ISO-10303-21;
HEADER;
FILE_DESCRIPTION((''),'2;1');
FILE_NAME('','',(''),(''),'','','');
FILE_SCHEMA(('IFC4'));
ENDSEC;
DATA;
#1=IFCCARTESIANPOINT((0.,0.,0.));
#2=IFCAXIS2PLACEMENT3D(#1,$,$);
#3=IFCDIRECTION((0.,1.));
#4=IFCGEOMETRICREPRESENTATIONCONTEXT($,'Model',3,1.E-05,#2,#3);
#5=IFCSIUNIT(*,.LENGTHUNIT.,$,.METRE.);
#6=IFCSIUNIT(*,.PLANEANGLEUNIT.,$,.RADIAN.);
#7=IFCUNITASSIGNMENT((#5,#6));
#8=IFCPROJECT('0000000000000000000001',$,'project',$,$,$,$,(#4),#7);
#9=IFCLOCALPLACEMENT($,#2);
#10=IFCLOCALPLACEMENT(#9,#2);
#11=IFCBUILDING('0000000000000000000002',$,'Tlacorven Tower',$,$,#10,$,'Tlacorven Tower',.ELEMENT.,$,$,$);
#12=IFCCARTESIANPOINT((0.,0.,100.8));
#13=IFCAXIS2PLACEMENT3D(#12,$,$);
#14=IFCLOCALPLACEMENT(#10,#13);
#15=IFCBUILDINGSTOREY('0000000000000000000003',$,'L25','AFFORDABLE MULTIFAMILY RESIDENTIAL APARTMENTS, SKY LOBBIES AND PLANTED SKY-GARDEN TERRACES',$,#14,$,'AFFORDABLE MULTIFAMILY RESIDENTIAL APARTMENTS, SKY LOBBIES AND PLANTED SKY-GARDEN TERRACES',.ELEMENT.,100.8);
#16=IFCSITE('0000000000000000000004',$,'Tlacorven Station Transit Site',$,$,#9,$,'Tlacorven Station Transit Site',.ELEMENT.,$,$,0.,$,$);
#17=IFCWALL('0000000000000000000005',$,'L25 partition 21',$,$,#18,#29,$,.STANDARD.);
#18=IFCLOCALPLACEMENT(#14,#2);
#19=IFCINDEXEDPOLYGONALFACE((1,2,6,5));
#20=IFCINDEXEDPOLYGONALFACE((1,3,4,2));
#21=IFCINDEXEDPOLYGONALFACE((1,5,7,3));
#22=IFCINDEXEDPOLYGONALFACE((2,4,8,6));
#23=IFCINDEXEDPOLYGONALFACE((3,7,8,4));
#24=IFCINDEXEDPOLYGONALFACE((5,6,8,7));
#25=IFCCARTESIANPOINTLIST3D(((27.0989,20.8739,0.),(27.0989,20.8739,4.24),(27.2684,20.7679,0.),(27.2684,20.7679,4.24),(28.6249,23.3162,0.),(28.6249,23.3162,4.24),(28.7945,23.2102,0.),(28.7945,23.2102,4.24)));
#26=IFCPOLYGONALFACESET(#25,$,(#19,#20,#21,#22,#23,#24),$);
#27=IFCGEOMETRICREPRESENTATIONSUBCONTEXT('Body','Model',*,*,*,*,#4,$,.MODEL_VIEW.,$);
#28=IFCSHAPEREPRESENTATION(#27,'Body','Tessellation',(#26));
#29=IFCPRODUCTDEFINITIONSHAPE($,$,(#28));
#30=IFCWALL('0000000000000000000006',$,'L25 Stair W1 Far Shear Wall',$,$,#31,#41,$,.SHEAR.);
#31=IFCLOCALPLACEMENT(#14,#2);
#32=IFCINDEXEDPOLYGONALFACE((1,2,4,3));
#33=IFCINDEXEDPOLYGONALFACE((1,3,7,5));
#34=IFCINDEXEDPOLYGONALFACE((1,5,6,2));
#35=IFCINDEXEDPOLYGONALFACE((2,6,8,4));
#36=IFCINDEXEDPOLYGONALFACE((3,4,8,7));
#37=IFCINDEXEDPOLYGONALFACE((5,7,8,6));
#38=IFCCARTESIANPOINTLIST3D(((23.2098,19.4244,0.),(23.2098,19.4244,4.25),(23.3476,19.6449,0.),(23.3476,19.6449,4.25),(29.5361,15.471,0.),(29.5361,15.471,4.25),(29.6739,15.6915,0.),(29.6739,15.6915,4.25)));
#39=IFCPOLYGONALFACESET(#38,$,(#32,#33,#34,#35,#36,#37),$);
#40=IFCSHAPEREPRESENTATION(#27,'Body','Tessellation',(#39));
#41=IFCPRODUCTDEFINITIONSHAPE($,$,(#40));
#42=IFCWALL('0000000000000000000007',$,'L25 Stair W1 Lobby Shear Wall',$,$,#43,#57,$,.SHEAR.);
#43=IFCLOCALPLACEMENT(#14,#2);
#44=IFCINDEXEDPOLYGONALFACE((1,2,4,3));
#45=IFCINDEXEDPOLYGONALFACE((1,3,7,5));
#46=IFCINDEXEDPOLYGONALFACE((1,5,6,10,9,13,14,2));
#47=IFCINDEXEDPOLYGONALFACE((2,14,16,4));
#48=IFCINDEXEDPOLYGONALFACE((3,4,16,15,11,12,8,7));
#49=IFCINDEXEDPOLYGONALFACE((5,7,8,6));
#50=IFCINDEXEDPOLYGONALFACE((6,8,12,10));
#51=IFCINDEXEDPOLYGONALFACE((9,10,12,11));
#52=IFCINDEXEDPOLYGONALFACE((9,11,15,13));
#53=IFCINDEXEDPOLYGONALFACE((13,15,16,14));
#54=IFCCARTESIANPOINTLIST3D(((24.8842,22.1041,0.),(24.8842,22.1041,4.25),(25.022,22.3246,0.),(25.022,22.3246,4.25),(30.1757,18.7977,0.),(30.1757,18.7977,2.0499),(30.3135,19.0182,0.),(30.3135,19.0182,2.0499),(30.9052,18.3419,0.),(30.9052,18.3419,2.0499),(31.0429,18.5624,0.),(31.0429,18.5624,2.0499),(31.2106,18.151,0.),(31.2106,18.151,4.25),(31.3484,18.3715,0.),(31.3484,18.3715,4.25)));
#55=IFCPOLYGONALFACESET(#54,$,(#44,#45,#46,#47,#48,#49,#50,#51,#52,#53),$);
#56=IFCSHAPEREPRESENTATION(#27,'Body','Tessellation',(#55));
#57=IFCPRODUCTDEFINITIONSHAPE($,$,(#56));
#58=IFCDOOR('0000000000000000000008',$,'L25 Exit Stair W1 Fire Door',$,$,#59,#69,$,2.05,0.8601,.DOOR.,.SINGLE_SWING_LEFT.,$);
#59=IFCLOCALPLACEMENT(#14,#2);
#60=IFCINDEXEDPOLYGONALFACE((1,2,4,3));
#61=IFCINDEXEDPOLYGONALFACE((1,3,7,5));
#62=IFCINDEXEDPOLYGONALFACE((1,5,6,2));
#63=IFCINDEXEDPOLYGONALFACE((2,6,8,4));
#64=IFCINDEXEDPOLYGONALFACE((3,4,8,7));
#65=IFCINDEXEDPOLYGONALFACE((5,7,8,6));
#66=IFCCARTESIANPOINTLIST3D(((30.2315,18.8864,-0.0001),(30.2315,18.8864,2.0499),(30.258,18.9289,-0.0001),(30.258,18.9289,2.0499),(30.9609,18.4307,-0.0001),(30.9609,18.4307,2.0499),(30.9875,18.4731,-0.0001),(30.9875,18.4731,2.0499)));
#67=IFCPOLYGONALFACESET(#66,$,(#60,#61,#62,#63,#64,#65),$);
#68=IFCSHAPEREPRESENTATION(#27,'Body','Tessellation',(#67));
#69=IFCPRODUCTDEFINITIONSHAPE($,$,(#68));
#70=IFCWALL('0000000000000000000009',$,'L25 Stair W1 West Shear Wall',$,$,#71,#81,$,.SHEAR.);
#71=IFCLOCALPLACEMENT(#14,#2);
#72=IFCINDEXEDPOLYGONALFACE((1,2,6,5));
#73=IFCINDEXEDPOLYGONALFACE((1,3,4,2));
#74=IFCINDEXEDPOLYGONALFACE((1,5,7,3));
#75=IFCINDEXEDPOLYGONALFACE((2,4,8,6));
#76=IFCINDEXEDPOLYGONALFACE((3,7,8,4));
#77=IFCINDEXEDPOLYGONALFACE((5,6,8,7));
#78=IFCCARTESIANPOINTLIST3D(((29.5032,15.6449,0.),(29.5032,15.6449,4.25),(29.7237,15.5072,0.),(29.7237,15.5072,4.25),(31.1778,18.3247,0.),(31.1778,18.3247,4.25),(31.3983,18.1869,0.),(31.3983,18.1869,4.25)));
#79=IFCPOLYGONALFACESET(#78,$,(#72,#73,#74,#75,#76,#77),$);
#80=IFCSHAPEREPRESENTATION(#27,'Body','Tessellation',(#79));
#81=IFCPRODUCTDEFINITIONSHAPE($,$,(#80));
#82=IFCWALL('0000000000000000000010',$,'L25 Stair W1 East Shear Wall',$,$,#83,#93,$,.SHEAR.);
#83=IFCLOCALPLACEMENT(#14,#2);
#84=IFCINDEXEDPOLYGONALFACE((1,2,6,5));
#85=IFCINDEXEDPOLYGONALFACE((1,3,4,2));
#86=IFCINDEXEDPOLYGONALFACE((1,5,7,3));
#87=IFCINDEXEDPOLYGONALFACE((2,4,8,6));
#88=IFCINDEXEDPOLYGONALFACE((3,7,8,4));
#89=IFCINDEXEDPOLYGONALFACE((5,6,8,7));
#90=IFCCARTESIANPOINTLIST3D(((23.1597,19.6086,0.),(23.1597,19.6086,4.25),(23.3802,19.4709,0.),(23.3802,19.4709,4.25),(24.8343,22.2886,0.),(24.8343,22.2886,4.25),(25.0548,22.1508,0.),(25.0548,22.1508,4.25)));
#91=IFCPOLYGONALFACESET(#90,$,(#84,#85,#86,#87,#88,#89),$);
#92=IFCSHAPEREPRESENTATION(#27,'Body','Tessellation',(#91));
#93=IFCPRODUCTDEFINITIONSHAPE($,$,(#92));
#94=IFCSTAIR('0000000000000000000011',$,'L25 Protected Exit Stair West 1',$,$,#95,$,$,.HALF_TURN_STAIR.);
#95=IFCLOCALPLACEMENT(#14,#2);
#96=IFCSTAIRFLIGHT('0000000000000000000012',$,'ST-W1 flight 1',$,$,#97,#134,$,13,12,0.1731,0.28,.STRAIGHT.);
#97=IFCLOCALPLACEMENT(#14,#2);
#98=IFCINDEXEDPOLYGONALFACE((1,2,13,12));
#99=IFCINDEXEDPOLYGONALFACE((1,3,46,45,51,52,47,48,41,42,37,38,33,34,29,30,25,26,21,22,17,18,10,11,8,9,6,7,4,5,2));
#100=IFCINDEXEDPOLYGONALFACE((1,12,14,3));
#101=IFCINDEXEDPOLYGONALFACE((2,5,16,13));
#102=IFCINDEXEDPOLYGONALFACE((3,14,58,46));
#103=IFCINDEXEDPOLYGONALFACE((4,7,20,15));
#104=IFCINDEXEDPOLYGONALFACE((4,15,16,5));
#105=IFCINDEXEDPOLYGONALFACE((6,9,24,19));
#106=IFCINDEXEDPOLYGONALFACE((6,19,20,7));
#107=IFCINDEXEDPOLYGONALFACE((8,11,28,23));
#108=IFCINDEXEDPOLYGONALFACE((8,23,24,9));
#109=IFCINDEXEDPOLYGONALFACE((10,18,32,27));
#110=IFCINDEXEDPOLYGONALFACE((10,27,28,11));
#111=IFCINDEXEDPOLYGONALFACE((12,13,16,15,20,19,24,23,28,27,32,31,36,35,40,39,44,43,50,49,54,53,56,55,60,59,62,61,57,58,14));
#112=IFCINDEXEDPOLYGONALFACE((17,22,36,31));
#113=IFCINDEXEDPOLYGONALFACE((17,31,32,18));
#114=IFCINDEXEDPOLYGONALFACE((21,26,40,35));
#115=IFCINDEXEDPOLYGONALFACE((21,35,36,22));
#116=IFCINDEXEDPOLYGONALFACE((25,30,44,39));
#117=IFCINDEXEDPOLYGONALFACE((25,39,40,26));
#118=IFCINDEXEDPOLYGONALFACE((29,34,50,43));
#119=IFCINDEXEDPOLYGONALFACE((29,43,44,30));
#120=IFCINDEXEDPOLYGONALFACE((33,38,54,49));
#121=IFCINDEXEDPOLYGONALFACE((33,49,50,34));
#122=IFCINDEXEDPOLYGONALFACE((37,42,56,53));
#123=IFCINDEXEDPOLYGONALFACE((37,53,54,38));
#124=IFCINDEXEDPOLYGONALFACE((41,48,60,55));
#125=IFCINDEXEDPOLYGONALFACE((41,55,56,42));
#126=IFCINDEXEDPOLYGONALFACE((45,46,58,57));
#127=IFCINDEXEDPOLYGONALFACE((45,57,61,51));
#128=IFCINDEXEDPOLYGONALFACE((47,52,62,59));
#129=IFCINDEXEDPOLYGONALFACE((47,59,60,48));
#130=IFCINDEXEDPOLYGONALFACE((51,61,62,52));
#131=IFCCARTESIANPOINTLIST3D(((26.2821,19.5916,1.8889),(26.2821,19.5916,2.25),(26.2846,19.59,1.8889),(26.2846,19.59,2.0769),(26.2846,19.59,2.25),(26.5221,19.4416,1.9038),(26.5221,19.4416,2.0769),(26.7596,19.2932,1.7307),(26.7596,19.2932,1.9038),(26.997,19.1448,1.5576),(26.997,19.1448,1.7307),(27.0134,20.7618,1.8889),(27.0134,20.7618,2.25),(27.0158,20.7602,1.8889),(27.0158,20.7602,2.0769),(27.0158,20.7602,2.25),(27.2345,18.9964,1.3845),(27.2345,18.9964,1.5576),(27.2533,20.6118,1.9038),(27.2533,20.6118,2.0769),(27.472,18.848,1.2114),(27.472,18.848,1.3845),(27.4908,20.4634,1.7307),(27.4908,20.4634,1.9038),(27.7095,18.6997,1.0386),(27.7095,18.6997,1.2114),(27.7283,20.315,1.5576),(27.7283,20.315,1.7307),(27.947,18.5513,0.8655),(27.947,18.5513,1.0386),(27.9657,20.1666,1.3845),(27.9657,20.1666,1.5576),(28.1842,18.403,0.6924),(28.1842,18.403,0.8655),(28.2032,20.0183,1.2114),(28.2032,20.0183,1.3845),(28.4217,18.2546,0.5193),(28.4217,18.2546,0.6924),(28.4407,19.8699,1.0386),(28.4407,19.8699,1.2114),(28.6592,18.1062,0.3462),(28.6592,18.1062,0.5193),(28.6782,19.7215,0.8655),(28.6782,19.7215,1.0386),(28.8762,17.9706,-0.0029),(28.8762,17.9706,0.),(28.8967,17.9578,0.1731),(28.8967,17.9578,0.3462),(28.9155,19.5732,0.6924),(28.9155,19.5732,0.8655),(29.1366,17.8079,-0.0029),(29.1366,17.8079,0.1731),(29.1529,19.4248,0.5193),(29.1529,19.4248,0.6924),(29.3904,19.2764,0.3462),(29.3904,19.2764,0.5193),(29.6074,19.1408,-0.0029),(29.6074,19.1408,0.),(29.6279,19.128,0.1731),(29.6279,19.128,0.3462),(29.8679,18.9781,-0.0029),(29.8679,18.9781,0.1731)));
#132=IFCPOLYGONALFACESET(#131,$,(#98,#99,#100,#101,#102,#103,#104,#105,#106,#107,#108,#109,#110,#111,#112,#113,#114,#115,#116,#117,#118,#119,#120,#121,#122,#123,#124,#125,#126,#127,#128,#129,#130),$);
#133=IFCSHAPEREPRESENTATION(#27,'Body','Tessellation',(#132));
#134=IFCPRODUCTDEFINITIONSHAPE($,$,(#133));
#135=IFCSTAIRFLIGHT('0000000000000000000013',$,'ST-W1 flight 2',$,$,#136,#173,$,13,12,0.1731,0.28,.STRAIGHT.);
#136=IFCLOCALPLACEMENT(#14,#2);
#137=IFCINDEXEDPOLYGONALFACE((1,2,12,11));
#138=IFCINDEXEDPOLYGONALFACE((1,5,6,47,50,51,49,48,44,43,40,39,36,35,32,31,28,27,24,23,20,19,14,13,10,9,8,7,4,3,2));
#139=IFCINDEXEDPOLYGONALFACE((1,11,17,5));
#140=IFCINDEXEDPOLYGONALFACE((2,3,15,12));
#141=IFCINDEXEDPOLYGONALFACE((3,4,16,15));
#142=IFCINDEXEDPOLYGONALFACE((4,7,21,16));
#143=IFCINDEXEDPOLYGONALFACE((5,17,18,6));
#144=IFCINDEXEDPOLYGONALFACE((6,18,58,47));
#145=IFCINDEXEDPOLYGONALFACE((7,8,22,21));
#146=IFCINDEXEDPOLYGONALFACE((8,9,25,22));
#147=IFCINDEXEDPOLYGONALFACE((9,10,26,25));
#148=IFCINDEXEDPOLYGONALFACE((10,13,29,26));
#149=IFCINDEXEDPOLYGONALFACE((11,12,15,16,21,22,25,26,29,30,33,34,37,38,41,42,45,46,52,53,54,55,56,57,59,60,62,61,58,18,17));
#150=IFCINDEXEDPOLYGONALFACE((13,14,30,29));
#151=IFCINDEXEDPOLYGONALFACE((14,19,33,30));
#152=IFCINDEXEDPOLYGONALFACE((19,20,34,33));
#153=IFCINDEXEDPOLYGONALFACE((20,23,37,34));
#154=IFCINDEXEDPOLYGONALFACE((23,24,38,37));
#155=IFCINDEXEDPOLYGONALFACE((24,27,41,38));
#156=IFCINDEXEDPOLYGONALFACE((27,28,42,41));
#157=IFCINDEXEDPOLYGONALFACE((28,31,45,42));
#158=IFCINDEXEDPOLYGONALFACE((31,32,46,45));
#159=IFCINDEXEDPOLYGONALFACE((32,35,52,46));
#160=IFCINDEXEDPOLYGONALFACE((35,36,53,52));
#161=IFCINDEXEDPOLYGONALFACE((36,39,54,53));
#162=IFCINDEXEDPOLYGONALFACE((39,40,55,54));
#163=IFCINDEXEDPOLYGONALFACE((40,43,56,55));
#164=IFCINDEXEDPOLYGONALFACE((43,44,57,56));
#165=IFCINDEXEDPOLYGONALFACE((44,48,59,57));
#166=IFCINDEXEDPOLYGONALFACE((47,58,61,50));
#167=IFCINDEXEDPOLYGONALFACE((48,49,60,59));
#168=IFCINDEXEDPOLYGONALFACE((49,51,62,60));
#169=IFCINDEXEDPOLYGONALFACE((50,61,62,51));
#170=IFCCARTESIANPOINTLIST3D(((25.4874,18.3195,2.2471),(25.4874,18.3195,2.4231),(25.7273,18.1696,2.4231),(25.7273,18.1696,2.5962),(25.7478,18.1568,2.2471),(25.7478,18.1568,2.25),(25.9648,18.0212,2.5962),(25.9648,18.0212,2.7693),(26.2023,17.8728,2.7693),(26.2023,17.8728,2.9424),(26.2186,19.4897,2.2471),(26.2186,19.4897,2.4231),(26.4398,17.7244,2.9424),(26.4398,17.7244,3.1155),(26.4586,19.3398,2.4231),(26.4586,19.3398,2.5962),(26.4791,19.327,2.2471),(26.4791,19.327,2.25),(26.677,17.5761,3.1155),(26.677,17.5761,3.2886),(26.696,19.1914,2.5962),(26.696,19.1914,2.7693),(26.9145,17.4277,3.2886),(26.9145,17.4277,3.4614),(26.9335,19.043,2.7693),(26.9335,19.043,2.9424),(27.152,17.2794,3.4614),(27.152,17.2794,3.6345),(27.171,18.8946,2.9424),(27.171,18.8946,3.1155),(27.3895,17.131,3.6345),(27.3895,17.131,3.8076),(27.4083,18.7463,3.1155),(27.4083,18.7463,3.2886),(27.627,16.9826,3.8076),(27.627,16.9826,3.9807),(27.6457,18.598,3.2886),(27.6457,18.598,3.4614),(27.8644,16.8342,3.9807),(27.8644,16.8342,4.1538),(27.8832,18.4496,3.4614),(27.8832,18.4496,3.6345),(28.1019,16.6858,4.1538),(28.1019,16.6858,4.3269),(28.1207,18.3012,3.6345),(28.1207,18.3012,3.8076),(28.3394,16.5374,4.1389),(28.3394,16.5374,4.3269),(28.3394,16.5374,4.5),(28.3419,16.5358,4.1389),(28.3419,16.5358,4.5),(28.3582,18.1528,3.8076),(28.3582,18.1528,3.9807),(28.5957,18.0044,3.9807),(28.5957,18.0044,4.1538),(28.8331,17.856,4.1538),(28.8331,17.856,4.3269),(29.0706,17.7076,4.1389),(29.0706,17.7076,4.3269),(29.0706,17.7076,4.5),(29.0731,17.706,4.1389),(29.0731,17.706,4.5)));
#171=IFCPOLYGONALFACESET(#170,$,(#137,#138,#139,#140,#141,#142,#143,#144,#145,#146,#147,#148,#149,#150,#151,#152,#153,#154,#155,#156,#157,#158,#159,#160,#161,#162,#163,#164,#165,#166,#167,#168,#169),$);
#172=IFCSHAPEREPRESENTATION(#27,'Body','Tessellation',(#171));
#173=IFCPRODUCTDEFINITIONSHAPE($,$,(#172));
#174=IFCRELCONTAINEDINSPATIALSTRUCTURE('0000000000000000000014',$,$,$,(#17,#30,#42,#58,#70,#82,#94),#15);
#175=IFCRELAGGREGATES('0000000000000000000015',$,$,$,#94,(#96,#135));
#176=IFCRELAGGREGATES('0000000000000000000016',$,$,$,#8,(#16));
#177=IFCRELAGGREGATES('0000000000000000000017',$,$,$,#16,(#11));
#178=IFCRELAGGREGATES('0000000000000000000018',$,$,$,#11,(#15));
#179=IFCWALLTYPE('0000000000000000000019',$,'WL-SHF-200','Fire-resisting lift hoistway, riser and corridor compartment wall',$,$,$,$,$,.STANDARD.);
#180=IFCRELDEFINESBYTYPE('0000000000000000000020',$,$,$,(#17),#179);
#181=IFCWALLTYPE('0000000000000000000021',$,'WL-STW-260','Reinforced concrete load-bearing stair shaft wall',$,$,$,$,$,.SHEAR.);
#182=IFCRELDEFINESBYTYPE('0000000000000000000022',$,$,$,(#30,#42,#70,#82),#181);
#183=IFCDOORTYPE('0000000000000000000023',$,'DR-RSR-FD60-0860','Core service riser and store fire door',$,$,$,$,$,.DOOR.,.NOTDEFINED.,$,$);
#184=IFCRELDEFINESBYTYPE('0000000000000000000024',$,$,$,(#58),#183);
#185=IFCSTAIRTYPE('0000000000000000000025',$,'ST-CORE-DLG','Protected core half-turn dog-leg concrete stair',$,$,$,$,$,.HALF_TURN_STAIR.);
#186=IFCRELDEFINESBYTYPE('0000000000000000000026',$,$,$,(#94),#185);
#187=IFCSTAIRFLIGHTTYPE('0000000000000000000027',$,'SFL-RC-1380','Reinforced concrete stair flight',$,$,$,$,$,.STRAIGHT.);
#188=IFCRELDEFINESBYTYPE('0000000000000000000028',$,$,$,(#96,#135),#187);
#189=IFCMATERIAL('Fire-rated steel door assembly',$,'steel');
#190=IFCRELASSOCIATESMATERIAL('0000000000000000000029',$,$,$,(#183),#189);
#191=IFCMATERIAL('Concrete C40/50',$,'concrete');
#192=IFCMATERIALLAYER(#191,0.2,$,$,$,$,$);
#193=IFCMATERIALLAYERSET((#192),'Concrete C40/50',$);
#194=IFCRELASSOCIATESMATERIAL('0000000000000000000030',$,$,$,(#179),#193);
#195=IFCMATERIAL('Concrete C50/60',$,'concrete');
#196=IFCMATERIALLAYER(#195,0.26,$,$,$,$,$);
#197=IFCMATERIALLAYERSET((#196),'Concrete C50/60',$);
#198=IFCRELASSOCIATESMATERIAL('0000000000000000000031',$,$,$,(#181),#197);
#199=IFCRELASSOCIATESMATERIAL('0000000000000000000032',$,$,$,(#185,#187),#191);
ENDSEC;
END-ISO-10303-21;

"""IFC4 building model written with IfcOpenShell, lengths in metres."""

from ifc_helpers import new_model, si_unit, direction, frame, frame_2d, origin, place, context, subcontext, project, spatial, polyline, rectangle, outline, extrude, source, transform, mapped, material, layer, layer_set, type_object, element, fill, aggregate, save


model = new_model("IFC4")

# Units and contexts
model_context = context("Model", 3, precision=1e-05, world=origin(), true_north=direction((0.0, 1.0)))
body_context = subcontext(model_context, "Body", "Model", "MODEL_VIEW")
ifc_project = project(units=[si_unit("LENGTHUNIT", "METRE"), si_unit("PLANEANGLEUNIT", "RADIAN")], contexts=[model_context])

# Site, building, storey
site_placement = place(None, origin())
site = spatial("IfcSite", under=ifc_project, at=site_placement, Name="Tlacorven Station Transit Site", LongName="Tlacorven Station Transit Site", CompositionType="ELEMENT", RefElevation=0.0)
building_placement = place(site_placement, origin())
building = spatial("IfcBuilding", under=site, at=building_placement, Name="Tlacorven Tower", LongName="Tlacorven Tower", CompositionType="ELEMENT")
storey_placement = place(building_placement, frame((0.0, 0.0, 100.8)))
storey = spatial("IfcBuildingStorey", under=building, at=storey_placement, Name="L25", Description="AFFORDABLE MULTIFAMILY RESIDENTIAL APARTMENTS, SKY LOBBIES AND PLANTED SKY-GARDEN TERRACES", LongName="AFFORDABLE MULTIFAMILY RESIDENTIAL APARTMENTS, SKY LOBBIES AND PLANTED SKY-GARDEN TERRACES", CompositionType="ELEMENT", Elevation=100.8)

# Shared definitions
ifc_material_1 = material(Name="Fire-rated steel door assembly", Category="steel")
door_type_1 = type_object("IfcDoorType", Name="DR-RSR-FD60-0860", Description="Core service riser and store fire door", OperationType="NOTDEFINED", PredefinedType="DOOR", material=ifc_material_1)
shared_shape_1 = source(origin(), body_context, "Body", "SweptSolid", [
    extrude(rectangle(XDim=0.8601, YDim=2.05, at=frame_2d((0.4302, 1.0249))), frame((0.0, 0.0249, 0.0), z_axis=(0.0, -1.0, 0.0), x_axis=(1.0, 0.0, 0.0)), (0.0, 0.0, 1.0), 0.05),
])

# Walls
ifc_material_2 = material(Name="Concrete C40/50", Category="concrete")
ifc_layer_1 = layer(ifc_material_2, 0.2)
ifc_layer_set_1 = layer_set([ifc_layer_1], Name="Concrete C40/50")
wall_type_1 = type_object("IfcWallType", Name="WL-SHF-200", Description="Fire-resisting lift hoistway, riser and corridor compartment wall", PredefinedType="STANDARD", material=ifc_layer_set_1)
for number, where, z_axis, x_axis, name in (
    (1, (28.7097, 23.2632, 0.0), (0.0, 0.0, 1.0), (-0.529907, -0.848055, 0.0), "L25 partition 21"),
):
    element("IfcWall", number, at=place(storey_placement, frame(where, z_axis=z_axis, x_axis=x_axis)), inside=storey, type_object=wall_type_1, Name=name, PredefinedType="STANDARD", context=body_context, shape_type="SweptSolid", body=[
        extrude(rectangle(XDim=2.8799, YDim=0.2, at=frame_2d((1.4399, 0.0))), origin(), (0.0, 0.0, 1.0), 4.24),
    ])
ifc_material_3 = material(Name="Concrete C50/60", Category="concrete")
ifc_layer_2 = layer(ifc_material_3, 0.26)
ifc_layer_set_2 = layer_set([ifc_layer_2], Name="Concrete C50/60")
wall_type_2 = type_object("IfcWallType", Name="WL-STW-260", Description="Reinforced concrete load-bearing stair shaft wall", PredefinedType="SHEAR", material=ifc_layer_set_2)
wall_1_placement = place(storey_placement, frame((29.605, 15.5813, 0.0), z_axis=(0.0, 0.0, 1.0), x_axis=(-0.848037, 0.529937, 0.0)))
element("IfcWall", 2, at=wall_1_placement, inside=storey, type_object=wall_type_2, Name="L25 Stair W1 Far Shear Wall", PredefinedType="SHEAR", context=body_context, shape_type="SweptSolid", body=[
    extrude(rectangle(XDim=7.46, YDim=0.26, at=frame_2d((3.73, 0.0))), origin(), (0.0, 0.0, 1.0), 4.25),
])

# Wall, opening, door
wall_2_placement = place(storey_placement, frame((31.2795, 18.2612, 0.0), z_axis=(0.0, 0.0, 1.0), x_axis=(-0.848052, 0.529914, 0.0)))
wall_2 = element("IfcWall", 3, at=wall_2_placement, inside=storey, type_object=wall_type_2, Name="L25 Stair W1 Lobby Shear Wall", PredefinedType="SHEAR", context=body_context, shape_type="SweptSolid", body=[
    extrude(rectangle(XDim=7.46, YDim=0.26, at=frame_2d((3.73, 0.0))), origin(), (0.0, 0.0, 1.0), 4.25),
])
opening_1_placement = place(wall_2_placement, frame((0.3601, 0.0, 0.0)))
opening_1 = element("IfcOpeningElement", 4, at=opening_1_placement, cuts=wall_2, PredefinedType="OPENING", context=body_context, shape_type="SweptSolid", body=[
    extrude(rectangle(XDim=0.8601, YDim=2.05, at=frame_2d((0.4302, 1.0249))), frame((0.0, 0.1401, 0.0), z_axis=(0.0, -1.0, 0.0), x_axis=(1.0, 0.0, 0.0)), (0.0, 0.0, 1.0), 0.28),
])
door_1_placement = place(opening_1_placement, frame((0.8601, 0.0, 0.0), z_axis=(0.0, 0.0, 1.0), x_axis=(-1.0, 0.0, 0.0)))
door_1 = element("IfcDoor", 5, at=door_1_placement, inside=storey, type_object=door_type_1, Name="L25 Exit Stair W1 Fire Door", OperationType="SINGLE_SWING_LEFT", OverallHeight=2.05, OverallWidth=0.8601, PredefinedType="DOOR", context=body_context, shape_type="MappedRepresentation", body=[
    mapped(shared_shape_1, transform((0.0, 0.0, 0.0), scale=1.0)),
])
fill(opening_1, door_1)

# Walls
wall_3_placement = place(storey_placement, frame((31.2881, 18.2559, 0.0), z_axis=(0.0, 0.0, 1.0), x_axis=(-0.529943, -0.848033, 0.0)))
element("IfcWall", 6, at=wall_3_placement, inside=storey, type_object=wall_type_2, Name="L25 Stair W1 West Shear Wall", PredefinedType="SHEAR", context=body_context, shape_type="SweptSolid", body=[
    extrude(rectangle(XDim=3.1599, YDim=0.26, at=frame_2d((1.5801, 0.0))), origin(), (0.0, 0.0, 1.0), 4.25),
])
wall_4_placement = place(storey_placement, frame((24.9446, 22.2197, 0.0), z_axis=(0.0, 0.0, 1.0), x_axis=(-0.529909, -0.848055, 0.0)))
element("IfcWall", 7, at=wall_4_placement, inside=storey, type_object=wall_type_2, Name="L25 Stair W1 East Shear Wall", PredefinedType="SHEAR", context=body_context, shape_type="SweptSolid", body=[
    extrude(rectangle(XDim=3.1602, YDim=0.26, at=frame_2d((1.5801, 0.0))), origin(), (0.0, 0.0, 1.0), 4.25),
])

# Stair, stair flights
stair_type = type_object("IfcStairType", Name="ST-CORE-DLG", Description="Protected core half-turn dog-leg concrete stair", PredefinedType="HALF_TURN_STAIR", material=ifc_material_2)
stair_placement = place(storey_placement, origin())
stair = element("IfcStair", 8, at=stair_placement, inside=storey, type_object=stair_type, Name="L25 Protected Exit Stair West 1", PredefinedType="HALF_TURN_STAIR")
stair_flight_type = type_object("IfcStairFlightType", Name="SFL-RC-1380", Description="Reinforced concrete stair flight", PredefinedType="STRAIGHT", material=ifc_material_2)
shared_shape_2 = source(origin(), body_context, "Body", "SweptSolid", [
    extrude(outline(polyline([(-0.0029, -0.0029), (-0.0029, 0.1731), (0.28, 0.1731), (0.28, 0.3462), (0.5601, 0.3462), (0.5601, 0.5193), (0.8401, 0.5193), (0.8401, 0.6924), (1.1201, 0.6924), (1.1201, 0.8655), (1.3999, 0.8655), (1.3999, 1.0386), (1.6799, 1.0386), (1.6799, 1.2114), (1.96, 1.2114), (1.96, 1.3845), (2.24, 1.3845), (2.24, 1.5576), (2.52, 1.5576), (2.52, 1.7307), (2.8, 1.7307), (2.8, 1.9038), (3.0801, 1.9038), (3.0801, 2.0769), (3.3601, 2.0769), (3.3601, 2.25), (3.363, 2.25), (3.363, 1.8889), (3.3601, 1.8889), (0.3042, 0.0), (0.3042, -0.0029), (-0.0029, -0.0029)])), frame((0.0, 0.6899, 0.0), z_axis=(0.0, -1.0, 0.0), x_axis=(1.0, 0.0, 0.0)), (0.0, 0.0, 1.0), 1.3799),
])
stair_flight_1_placement = place(storey_placement, frame((29.4998, 18.3945, 0.0), z_axis=(0.0, 0.0, 1.0), x_axis=(-0.848048, 0.529919, 0.0)))
stair_flight_1 = element("IfcStairFlight", 9, at=stair_flight_1_placement, type_object=stair_flight_type, Name="ST-W1 flight 1", NumberOfRisers=13, NumberOfTreads=12, PredefinedType="STRAIGHT", RiserHeight=0.1731, TreadLength=0.28, context=body_context, shape_type="MappedRepresentation", body=[
    mapped(shared_shape_2, transform((0.0, 0.0, 0.0), scale=1.0)),
])
stair_flight_2_placement = place(storey_placement, frame((25.8555, 18.9031, 2.25), z_axis=(0.0, 0.0, 1.0), x_axis=(0.848048, -0.529919, 0.0)))
stair_flight_2 = element("IfcStairFlight", 10, at=stair_flight_2_placement, type_object=stair_flight_type, Name="ST-W1 flight 2", NumberOfRisers=13, NumberOfTreads=12, PredefinedType="STRAIGHT", RiserHeight=0.1731, TreadLength=0.28, context=body_context, shape_type="MappedRepresentation", body=[
    mapped(shared_shape_2, transform((0.0, 0.0, 0.0), scale=1.0)),
])
aggregate(stair, [stair_flight_1, stair_flight_2])

save(model, "model.ifc")
